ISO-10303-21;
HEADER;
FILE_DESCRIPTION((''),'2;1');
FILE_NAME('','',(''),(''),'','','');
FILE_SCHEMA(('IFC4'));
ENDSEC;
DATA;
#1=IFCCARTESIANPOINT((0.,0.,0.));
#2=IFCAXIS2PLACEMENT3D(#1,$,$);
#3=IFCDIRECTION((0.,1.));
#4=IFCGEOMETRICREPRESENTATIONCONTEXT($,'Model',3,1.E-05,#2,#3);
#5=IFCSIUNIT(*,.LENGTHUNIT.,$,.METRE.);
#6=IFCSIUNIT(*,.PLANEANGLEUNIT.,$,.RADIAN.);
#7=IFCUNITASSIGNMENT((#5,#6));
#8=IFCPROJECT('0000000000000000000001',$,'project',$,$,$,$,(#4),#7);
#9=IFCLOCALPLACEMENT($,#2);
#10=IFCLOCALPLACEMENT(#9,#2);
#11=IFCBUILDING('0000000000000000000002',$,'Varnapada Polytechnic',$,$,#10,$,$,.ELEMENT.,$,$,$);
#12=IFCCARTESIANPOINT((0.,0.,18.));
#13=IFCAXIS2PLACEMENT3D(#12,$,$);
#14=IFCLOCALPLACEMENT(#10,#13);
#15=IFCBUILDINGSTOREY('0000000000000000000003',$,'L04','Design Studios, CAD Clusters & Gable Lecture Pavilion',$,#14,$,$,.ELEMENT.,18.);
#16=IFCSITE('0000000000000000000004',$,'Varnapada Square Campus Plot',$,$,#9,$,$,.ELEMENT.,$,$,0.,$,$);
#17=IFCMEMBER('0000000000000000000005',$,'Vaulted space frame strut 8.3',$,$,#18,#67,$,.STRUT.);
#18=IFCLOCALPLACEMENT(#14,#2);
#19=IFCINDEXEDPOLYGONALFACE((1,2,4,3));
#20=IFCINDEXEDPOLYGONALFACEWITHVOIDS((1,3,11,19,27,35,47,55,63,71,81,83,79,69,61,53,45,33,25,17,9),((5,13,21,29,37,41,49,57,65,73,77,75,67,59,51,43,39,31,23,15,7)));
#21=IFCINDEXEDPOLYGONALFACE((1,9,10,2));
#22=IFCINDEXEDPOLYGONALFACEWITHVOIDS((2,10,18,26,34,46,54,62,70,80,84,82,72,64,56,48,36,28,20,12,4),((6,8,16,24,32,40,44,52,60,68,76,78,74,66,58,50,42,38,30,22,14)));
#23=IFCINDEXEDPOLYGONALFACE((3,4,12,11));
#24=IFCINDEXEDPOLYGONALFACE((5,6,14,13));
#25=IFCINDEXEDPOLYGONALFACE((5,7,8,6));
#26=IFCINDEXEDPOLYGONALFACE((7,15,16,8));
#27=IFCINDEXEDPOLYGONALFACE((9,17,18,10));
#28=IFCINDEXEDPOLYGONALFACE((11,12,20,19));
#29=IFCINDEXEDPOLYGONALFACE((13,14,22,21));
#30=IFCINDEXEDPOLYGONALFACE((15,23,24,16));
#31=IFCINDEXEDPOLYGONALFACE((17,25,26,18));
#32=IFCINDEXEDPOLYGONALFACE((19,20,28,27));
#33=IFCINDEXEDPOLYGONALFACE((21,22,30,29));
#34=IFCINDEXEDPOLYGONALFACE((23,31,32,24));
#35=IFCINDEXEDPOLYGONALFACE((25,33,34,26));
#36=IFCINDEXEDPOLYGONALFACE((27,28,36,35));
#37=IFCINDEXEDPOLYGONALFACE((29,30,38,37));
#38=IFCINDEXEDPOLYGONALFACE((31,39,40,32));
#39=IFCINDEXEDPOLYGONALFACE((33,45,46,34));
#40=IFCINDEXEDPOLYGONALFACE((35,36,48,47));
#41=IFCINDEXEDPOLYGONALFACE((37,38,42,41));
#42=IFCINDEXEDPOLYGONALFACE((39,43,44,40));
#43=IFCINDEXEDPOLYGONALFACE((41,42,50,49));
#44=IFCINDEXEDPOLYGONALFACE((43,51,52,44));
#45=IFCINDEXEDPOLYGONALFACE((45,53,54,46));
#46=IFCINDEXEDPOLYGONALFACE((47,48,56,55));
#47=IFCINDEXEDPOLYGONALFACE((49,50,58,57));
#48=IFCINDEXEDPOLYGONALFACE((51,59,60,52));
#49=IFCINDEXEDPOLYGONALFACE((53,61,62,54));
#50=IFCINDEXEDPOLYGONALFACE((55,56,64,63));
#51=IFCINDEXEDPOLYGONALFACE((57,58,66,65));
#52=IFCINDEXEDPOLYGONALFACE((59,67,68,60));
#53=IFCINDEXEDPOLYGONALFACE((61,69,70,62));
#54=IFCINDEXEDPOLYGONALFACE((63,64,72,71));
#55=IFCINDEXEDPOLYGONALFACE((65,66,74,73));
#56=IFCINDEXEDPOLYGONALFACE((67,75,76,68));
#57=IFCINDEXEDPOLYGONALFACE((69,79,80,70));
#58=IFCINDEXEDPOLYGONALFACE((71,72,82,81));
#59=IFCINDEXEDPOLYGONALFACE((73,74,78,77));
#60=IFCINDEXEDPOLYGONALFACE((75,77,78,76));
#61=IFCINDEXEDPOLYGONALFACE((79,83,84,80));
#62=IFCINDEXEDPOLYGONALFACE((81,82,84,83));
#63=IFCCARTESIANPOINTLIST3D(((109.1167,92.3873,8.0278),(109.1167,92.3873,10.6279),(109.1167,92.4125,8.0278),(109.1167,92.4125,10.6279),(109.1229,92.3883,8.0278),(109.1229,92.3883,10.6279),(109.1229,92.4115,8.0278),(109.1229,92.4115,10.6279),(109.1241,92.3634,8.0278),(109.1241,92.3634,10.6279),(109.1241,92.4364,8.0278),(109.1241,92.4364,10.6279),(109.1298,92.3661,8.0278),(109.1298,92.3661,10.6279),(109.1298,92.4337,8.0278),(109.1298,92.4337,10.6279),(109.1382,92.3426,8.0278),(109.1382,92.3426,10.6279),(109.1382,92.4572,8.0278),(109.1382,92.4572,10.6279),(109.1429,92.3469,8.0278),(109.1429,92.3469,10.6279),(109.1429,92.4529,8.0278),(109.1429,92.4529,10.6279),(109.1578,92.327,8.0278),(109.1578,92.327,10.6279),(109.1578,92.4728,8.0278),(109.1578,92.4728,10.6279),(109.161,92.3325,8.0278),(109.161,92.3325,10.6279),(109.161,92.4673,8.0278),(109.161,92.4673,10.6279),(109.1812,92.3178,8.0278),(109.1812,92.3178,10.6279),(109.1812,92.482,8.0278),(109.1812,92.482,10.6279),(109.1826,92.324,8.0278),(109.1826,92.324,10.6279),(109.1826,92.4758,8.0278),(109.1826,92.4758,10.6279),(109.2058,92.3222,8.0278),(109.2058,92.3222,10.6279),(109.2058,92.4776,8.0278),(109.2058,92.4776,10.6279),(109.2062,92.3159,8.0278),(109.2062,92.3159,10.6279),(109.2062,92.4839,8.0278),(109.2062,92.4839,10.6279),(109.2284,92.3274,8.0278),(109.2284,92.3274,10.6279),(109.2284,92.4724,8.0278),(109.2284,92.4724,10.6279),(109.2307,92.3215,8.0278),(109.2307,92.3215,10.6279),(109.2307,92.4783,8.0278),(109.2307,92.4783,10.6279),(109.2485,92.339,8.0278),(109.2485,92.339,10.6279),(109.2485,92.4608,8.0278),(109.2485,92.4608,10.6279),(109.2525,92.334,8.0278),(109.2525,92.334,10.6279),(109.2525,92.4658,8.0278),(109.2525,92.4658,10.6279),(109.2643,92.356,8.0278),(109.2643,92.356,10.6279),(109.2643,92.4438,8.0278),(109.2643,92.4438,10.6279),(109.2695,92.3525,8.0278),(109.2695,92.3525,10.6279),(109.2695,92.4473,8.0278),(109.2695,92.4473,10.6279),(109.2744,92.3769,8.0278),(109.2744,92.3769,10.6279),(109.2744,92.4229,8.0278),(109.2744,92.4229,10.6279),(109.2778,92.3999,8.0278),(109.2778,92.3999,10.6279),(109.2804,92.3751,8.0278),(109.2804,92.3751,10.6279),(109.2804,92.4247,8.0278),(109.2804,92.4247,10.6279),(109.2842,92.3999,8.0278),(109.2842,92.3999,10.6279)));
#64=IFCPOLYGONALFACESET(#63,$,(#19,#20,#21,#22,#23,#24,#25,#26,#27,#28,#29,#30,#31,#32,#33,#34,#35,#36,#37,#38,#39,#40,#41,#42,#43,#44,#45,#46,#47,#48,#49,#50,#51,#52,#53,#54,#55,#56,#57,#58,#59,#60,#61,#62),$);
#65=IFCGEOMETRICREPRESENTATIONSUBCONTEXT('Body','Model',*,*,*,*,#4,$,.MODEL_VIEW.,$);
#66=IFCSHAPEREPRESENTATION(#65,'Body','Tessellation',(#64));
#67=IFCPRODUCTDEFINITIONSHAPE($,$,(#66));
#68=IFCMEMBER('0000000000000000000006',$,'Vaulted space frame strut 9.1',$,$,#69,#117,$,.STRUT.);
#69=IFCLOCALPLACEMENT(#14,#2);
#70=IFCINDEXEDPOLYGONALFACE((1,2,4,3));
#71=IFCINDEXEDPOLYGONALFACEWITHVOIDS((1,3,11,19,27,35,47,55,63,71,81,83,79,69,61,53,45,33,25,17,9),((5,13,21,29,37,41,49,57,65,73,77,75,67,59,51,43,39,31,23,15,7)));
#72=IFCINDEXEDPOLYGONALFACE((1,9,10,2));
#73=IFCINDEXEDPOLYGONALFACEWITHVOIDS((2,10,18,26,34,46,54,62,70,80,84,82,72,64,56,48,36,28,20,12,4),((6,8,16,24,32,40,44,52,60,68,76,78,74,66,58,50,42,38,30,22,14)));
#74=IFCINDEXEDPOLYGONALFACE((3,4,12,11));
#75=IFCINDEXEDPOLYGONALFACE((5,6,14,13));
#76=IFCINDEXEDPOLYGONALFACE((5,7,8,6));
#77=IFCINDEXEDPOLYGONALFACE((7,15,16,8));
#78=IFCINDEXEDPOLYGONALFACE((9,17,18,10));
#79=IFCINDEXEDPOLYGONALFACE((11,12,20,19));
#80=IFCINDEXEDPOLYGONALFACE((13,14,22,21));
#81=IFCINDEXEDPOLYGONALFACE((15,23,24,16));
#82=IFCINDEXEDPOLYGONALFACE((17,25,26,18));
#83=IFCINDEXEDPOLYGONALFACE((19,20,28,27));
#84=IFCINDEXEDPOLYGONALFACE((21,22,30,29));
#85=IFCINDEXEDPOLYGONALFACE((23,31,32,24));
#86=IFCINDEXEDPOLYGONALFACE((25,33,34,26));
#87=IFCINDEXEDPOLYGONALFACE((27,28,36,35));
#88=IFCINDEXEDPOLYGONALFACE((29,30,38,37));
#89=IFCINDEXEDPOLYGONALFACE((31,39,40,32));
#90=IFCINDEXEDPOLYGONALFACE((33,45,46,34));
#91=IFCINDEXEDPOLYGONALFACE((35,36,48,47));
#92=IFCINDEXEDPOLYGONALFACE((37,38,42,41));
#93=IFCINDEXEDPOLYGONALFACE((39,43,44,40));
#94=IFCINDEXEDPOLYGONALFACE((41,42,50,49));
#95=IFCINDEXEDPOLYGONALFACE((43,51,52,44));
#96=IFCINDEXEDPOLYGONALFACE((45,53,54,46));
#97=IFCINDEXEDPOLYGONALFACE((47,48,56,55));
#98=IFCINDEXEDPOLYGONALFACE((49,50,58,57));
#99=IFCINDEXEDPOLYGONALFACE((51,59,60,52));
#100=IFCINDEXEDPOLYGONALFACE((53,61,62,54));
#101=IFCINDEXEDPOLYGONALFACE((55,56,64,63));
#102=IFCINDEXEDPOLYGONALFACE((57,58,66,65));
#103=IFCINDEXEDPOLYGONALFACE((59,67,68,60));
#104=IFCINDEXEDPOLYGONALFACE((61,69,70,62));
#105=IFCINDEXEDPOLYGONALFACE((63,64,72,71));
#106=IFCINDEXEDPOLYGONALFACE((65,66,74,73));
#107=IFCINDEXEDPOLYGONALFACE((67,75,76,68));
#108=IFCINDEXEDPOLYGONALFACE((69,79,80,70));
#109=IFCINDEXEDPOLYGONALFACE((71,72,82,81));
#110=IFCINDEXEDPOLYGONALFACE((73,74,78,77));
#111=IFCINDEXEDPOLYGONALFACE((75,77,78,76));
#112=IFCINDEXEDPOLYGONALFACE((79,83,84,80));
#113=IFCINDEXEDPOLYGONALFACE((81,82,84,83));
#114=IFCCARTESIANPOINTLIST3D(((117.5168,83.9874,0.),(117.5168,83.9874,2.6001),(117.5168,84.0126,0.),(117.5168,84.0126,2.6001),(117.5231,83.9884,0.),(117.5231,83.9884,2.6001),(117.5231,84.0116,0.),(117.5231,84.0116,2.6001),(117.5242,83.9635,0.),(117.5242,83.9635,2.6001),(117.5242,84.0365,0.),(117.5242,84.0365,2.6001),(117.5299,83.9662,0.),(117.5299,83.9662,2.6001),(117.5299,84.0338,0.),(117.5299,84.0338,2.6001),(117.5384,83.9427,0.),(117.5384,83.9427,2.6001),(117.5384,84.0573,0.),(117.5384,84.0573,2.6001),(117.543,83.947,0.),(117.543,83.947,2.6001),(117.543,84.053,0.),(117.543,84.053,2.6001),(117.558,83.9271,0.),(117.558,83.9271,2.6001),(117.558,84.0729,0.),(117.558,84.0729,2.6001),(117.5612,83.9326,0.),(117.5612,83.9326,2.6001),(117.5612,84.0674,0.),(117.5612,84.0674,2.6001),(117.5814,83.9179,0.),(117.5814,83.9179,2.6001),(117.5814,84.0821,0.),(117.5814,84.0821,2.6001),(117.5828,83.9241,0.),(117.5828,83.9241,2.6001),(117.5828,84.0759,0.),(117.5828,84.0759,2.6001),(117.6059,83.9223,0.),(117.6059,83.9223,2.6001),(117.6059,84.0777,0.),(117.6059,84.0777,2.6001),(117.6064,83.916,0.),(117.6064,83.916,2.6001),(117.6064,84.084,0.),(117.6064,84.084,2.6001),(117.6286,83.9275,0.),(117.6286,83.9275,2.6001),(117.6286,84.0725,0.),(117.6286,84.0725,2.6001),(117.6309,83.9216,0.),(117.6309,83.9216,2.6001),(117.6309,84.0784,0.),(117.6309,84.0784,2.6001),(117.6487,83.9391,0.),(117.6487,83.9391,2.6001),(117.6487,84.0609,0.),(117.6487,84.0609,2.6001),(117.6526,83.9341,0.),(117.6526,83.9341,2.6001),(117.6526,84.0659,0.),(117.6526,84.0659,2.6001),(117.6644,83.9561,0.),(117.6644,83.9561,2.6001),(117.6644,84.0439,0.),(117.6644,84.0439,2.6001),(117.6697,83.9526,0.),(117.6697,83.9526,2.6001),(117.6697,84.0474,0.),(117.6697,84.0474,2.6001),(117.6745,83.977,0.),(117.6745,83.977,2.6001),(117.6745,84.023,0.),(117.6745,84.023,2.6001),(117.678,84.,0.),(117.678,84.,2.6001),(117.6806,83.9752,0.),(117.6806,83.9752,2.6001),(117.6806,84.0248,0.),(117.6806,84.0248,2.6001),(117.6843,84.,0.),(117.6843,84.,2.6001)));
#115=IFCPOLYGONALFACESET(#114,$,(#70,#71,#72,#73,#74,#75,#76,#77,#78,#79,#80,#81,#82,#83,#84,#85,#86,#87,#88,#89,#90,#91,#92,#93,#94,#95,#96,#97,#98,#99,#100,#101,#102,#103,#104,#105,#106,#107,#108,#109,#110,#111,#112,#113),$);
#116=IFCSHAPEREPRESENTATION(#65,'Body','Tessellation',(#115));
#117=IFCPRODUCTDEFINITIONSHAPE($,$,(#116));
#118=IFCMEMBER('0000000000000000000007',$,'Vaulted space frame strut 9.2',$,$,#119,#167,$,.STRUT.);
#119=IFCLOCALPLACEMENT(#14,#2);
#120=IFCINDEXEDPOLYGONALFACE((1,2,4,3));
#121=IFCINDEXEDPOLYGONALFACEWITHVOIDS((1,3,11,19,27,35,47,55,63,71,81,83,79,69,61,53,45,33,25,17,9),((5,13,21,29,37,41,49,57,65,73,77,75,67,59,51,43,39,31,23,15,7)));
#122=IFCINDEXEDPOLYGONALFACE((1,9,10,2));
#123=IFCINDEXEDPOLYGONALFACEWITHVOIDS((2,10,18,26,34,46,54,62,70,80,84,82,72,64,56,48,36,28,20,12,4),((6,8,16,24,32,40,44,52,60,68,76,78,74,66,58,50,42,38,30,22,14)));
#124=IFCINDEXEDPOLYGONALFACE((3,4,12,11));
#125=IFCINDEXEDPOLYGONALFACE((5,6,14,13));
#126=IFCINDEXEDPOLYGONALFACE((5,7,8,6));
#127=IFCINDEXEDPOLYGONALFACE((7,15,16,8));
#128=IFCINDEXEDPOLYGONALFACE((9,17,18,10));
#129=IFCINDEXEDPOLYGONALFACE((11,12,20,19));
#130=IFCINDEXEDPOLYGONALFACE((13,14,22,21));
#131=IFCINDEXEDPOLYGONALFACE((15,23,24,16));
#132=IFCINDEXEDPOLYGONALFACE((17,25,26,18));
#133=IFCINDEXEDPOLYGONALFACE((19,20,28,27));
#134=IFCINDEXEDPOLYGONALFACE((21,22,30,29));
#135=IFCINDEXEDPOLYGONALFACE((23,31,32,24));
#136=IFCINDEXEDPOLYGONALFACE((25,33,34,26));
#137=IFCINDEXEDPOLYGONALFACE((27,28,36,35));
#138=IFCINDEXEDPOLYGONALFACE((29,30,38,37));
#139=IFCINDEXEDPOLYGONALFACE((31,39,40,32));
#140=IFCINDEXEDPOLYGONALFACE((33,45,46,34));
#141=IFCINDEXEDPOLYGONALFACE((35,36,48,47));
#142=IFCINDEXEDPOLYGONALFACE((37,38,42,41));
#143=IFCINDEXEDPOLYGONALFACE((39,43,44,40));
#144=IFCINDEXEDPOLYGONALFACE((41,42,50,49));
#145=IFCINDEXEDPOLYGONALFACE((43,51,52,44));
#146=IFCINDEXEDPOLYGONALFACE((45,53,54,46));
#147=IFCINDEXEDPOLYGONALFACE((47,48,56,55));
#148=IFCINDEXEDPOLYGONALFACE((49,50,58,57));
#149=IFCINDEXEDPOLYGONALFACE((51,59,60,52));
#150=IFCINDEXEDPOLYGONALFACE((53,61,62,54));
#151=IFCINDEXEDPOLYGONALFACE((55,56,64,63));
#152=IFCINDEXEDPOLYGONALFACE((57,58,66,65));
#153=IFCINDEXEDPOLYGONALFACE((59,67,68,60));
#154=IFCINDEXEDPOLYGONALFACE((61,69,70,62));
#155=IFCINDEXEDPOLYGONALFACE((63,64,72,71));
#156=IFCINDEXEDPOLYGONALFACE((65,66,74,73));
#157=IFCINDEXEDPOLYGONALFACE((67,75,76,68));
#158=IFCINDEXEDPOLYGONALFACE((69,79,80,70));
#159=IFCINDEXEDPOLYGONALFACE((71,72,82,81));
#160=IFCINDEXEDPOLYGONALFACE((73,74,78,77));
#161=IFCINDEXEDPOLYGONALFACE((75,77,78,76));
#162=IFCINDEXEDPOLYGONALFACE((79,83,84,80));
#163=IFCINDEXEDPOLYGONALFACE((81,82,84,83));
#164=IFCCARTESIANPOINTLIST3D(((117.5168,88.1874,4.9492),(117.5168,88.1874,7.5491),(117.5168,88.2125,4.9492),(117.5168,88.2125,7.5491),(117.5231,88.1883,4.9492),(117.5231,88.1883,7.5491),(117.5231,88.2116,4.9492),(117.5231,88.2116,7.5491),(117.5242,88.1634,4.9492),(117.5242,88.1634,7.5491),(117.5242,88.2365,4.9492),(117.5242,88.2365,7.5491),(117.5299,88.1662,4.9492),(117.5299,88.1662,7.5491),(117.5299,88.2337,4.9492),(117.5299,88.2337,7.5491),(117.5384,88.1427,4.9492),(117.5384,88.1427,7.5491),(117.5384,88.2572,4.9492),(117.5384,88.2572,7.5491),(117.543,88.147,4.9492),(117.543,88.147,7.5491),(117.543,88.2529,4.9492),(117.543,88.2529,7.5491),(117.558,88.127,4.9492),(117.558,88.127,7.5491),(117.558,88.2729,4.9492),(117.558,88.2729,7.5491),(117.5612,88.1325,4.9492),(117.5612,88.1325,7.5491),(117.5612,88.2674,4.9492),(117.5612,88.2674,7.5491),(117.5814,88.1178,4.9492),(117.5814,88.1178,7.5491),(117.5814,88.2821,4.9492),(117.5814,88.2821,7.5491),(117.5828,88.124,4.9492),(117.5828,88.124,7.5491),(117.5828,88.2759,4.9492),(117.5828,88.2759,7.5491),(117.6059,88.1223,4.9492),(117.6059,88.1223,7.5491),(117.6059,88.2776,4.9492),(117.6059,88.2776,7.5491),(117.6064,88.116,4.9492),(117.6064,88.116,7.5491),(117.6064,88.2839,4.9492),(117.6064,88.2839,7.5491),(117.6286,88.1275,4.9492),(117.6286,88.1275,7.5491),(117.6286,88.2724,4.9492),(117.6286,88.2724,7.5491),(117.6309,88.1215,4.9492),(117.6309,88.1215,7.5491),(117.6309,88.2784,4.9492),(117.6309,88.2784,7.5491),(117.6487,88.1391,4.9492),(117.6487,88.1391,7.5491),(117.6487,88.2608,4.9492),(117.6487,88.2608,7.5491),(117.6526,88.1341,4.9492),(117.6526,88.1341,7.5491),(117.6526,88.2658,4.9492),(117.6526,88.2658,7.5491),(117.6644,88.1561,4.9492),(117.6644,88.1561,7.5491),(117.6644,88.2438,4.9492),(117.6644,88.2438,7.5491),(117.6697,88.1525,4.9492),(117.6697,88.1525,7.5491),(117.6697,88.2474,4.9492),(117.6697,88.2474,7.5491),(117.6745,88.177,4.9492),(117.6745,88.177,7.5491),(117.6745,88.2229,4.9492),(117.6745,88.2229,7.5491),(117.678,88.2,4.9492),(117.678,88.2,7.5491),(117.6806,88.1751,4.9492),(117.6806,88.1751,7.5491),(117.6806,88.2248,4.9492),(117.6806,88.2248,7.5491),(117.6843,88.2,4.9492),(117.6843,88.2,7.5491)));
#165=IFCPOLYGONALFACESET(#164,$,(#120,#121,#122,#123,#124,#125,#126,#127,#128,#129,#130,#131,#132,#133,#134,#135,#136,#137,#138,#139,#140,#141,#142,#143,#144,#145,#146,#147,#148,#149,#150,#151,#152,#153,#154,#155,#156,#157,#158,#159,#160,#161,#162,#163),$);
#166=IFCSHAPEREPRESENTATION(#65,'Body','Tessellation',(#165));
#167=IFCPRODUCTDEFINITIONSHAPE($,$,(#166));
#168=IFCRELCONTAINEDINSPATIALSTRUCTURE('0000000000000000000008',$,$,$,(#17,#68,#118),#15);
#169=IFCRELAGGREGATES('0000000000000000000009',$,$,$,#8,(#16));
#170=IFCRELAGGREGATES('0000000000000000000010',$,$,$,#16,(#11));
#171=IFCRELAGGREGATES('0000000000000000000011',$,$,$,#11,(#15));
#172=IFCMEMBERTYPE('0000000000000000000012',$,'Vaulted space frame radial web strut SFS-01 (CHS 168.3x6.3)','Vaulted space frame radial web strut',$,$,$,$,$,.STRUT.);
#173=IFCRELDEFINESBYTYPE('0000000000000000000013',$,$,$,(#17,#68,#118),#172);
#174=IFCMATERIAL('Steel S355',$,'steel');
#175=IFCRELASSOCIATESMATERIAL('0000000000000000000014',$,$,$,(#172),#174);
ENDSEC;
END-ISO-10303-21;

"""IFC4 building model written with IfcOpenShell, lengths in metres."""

from ifc_helpers import new_model, si_unit, direction, frame, origin, origin_2d, place, context, subcontext, project, spatial, hollow_circle, extrude, material, material_profile, profile_set, type_object, element, save


model = new_model("IFC4")

# Units and contexts
model_context = context("Model", 3, precision=1e-05, world=origin(), true_north=direction((0.0, 1.0)))
body_context = subcontext(model_context, "Body", "Model", "MODEL_VIEW")
ifc_project = project(units=[si_unit("LENGTHUNIT", "METRE"), si_unit("PLANEANGLEUNIT", "RADIAN")], contexts=[model_context])

# Site, building, storey
site_placement = place(None, origin())
site = spatial("IfcSite", under=ifc_project, at=site_placement, Name="Varnapada Square Campus Plot", CompositionType="ELEMENT", RefElevation=0.0)
building_placement = place(site_placement, origin())
building = spatial("IfcBuilding", under=site, at=building_placement, Name="Varnapada Polytechnic", CompositionType="ELEMENT")
storey_placement = place(building_placement, frame((0.0, 0.0, 18.0)))
storey = spatial("IfcBuildingStorey", under=building, at=storey_placement, Name="L04", Description="Design Studios, CAD Clusters & Gable Lecture Pavilion", CompositionType="ELEMENT", Elevation=18.0)

# Shared definitions
ifc_material = material(Name="Steel S355", Category="steel")

# Members
ifc_material_profile_1 = material_profile(ifc_material, hollow_circle(Radius=0.0842, WallThickness=0.0063, at=origin_2d()), Name="CHS 168.3x6.3")
ifc_profile_set_1 = profile_set([ifc_material_profile_1], Name="Steel S355")
member_type_1 = type_object("IfcMemberType", Name="Vaulted space frame radial web strut SFS-01 (CHS 168.3x6.3)", Description="Vaulted space frame radial web strut", PredefinedType="STRUT", material=ifc_profile_set_1)
for number, where, z_axis, x_axis, name in (
    (1, (109.2, 92.3999, 8.0278), (0.0, 0.0, 1.0), (1.0, 0.0, 0.0), "Vaulted space frame strut 8.3"),
    (2, (117.6001, 84.0, 0.0), (0.0, 0.0, 1.0), (1.0, 0.0, 0.0), "Vaulted space frame strut 9.1"),
):
    element("IfcMember", number, at=place(storey_placement, frame(where, z_axis=z_axis, x_axis=x_axis)), inside=storey, type_object=member_type_1, Name=name, PredefinedType="STRUT", context=body_context, shape_type="SweptSolid", body=[
        extrude(hollow_circle(Radius=0.0842, WallThickness=0.0063, at=origin_2d()), origin(), (0.0, 0.0, 1.0), 2.6001),
    ])
member_1_placement = place(storey_placement, frame((117.6001, 88.2, 4.9492), z_axis=(0.0, 0.0, 1.0), x_axis=(1.0, 0.0, 0.0)))
element("IfcMember", 3, at=member_1_placement, inside=storey, type_object=member_type_1, Name="Vaulted space frame strut 9.2", PredefinedType="STRUT", context=body_context, shape_type="SweptSolid", body=[
    extrude(hollow_circle(Radius=0.0842, WallThickness=0.0063, at=origin_2d()), origin(), (0.0, 0.0, 1.0), 2.5999),
])

save(model, "model.ifc")
